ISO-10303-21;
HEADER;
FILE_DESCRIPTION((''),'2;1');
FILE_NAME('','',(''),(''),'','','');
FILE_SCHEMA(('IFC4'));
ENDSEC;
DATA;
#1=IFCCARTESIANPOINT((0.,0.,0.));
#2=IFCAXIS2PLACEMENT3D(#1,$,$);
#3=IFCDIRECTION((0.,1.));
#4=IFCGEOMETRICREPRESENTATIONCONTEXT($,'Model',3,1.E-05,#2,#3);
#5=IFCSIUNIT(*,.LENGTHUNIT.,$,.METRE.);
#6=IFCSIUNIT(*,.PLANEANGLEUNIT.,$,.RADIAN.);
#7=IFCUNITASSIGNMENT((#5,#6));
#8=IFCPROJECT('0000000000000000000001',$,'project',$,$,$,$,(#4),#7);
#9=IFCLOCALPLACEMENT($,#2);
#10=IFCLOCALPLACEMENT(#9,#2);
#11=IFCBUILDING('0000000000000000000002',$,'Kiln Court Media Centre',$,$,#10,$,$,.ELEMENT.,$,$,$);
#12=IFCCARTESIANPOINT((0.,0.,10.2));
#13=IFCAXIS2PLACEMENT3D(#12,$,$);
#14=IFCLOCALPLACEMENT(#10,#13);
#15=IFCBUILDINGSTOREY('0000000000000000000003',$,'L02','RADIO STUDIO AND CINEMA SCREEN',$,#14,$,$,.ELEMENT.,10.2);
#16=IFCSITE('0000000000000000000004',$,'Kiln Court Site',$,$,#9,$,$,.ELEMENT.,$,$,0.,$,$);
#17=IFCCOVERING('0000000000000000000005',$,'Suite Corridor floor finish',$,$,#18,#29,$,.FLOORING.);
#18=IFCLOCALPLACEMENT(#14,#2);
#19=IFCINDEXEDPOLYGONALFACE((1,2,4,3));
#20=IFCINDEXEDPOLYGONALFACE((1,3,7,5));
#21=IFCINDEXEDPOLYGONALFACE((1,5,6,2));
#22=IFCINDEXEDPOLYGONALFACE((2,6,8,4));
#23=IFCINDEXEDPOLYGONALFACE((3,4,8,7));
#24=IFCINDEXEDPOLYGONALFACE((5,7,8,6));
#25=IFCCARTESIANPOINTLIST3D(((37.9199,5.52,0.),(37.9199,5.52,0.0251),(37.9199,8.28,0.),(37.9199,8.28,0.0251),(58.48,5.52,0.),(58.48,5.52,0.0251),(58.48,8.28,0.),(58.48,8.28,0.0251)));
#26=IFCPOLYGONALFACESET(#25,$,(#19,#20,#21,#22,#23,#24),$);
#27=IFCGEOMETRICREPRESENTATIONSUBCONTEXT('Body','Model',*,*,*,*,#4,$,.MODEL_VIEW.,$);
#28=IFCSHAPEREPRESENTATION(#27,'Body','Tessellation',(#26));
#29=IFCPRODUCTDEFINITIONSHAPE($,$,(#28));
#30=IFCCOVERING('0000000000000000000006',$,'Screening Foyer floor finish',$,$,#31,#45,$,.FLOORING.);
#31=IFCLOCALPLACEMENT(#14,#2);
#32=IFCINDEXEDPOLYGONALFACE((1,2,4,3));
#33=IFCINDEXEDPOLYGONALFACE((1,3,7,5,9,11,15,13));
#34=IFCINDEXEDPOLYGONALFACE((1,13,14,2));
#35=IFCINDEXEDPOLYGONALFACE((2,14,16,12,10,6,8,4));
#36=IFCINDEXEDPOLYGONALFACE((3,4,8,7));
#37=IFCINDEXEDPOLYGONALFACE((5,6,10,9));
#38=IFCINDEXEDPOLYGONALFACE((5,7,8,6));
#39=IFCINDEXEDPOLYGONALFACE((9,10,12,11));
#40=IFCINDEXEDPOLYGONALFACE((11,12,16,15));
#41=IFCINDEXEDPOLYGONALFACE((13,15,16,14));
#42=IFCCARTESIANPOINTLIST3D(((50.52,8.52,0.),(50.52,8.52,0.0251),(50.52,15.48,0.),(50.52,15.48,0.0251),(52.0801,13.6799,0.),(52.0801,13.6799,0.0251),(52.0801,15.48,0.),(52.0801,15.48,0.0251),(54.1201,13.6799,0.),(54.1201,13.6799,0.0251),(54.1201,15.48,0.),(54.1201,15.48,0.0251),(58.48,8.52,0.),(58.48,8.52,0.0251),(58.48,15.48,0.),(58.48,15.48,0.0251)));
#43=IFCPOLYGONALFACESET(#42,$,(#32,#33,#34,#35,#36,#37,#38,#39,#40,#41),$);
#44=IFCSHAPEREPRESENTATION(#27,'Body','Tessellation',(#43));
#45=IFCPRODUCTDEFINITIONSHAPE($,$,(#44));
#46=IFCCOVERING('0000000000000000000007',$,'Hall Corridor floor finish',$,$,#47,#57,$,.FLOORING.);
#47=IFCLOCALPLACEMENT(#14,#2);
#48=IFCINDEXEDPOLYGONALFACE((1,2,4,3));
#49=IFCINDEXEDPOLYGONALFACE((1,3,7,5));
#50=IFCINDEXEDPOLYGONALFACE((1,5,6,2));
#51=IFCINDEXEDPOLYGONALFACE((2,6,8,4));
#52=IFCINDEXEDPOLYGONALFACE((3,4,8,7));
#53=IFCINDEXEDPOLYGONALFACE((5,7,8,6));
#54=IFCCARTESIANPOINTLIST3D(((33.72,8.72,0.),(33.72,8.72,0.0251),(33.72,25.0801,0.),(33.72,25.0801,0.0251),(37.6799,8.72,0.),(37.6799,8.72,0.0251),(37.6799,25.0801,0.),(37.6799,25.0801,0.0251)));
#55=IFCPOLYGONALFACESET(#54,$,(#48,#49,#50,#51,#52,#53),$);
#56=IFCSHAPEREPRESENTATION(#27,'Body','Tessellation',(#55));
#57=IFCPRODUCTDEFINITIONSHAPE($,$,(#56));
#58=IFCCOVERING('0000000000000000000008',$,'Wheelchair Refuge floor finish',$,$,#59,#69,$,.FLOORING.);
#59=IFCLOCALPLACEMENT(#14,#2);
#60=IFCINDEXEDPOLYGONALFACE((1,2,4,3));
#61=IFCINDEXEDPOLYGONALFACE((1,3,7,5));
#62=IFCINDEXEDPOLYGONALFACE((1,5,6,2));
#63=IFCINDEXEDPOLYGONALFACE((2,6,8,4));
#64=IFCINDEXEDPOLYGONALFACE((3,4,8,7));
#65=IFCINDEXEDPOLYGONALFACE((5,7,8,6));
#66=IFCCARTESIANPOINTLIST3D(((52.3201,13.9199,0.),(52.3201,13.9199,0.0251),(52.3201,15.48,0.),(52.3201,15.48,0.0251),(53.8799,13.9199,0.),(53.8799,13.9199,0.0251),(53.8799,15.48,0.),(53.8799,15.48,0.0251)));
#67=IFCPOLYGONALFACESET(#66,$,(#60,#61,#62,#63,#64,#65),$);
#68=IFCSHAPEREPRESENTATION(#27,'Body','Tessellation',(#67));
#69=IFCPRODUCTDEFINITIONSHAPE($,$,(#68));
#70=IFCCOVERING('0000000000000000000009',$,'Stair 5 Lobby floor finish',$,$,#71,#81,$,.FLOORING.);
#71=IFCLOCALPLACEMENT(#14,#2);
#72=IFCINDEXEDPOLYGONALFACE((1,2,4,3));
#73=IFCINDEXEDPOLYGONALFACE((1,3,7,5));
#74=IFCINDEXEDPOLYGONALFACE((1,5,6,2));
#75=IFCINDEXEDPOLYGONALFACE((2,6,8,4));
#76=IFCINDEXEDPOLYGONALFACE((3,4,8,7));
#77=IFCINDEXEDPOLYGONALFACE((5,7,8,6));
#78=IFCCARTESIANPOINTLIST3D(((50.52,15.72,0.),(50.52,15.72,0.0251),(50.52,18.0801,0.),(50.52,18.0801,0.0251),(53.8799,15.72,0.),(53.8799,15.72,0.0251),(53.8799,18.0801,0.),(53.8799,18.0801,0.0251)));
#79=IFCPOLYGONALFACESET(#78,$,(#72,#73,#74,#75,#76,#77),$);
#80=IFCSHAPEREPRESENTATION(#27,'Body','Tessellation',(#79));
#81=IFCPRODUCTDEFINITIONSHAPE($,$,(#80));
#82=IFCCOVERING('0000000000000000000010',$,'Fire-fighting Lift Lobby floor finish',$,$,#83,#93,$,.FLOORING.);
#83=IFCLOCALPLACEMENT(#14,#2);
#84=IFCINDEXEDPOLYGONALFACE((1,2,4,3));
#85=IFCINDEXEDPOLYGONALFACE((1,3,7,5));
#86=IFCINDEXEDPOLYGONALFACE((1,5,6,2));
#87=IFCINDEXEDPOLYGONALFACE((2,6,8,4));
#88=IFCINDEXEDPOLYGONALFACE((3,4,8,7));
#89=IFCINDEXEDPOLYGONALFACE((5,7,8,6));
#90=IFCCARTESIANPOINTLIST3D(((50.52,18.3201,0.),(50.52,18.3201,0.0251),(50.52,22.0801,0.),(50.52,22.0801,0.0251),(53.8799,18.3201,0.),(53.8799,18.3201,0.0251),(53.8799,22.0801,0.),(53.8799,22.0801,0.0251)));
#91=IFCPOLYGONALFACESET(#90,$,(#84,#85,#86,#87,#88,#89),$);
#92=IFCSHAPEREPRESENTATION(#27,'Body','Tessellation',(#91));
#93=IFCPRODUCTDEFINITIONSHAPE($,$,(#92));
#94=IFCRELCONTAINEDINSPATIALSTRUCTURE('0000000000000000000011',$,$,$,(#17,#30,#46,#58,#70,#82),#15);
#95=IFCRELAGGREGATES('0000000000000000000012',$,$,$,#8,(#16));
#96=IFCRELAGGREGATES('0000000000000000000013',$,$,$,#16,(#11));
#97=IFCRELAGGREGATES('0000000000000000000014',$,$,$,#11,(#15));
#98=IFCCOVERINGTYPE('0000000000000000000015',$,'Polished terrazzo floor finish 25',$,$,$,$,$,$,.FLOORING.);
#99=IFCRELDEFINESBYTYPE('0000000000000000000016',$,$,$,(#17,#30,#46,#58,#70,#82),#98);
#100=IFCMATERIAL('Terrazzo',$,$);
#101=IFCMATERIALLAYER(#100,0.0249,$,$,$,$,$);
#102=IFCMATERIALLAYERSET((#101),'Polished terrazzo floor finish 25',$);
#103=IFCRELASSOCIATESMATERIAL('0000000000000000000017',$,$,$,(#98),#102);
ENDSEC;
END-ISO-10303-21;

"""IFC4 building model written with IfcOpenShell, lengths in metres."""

from ifc_helpers import new_model, si_unit, direction, frame, origin, place, context, subcontext, project, spatial, polyline, outline, extrude, material, layer, layer_set, type_object, element, save


model = new_model("IFC4")

# Units and contexts
model_context = context("Model", 3, precision=1e-05, world=origin(), true_north=direction((0.0, 1.0)))
body_context = subcontext(model_context, "Body", "Model", "MODEL_VIEW")
ifc_project = project(units=[si_unit("LENGTHUNIT", "METRE"), si_unit("PLANEANGLEUNIT", "RADIAN")], contexts=[model_context])

# Site, building, storey
site_placement = place(None, origin())
site = spatial("IfcSite", under=ifc_project, at=site_placement, Name="Kiln Court Site", CompositionType="ELEMENT", RefElevation=0.0)
building_placement = place(site_placement, origin())
building = spatial("IfcBuilding", under=site, at=building_placement, Name="Kiln Court Media Centre", CompositionType="ELEMENT")
storey_placement = place(building_placement, frame((0.0, 0.0, 10.2)))
storey = spatial("IfcBuildingStorey", under=building, at=storey_placement, Name="L02", Description="RADIO STUDIO AND CINEMA SCREEN", CompositionType="ELEMENT", Elevation=10.2)

# Coverings
ifc_material_1 = material(Name="Terrazzo")
ifc_layer_1 = layer(ifc_material_1, 0.0249)
ifc_layer_set_1 = layer_set([ifc_layer_1], Name="Polished terrazzo floor finish 25")
covering_type_1 = type_object("IfcCoveringType", Name="Polished terrazzo floor finish 25", PredefinedType="FLOORING", material=ifc_layer_set_1)
covering_1_placement = place(storey_placement, origin())
element("IfcCovering", 1, at=covering_1_placement, inside=storey, type_object=covering_type_1, Name="Suite Corridor floor finish", PredefinedType="FLOORING", context=body_context, shape_type="SweptSolid", body=[
    extrude(outline(polyline([(37.9199, 5.52), (58.48, 5.52), (58.48, 8.28), (37.9199, 8.28), (37.9199, 5.52)])), origin(), (0.0, 0.0, 1.0), 0.0251),
])
covering_2_placement = place(storey_placement, origin())
element("IfcCovering", 2, at=covering_2_placement, inside=storey, type_object=covering_type_1, Name="Screening Foyer floor finish", PredefinedType="FLOORING", context=body_context, shape_type="SweptSolid", body=[
    extrude(outline(polyline([(50.52, 8.52), (58.48, 8.52), (58.48, 15.48), (54.1201, 15.48), (54.1201, 13.6799), (52.0801, 13.6799), (52.0801, 15.48), (50.52, 15.48), (50.52, 8.52)])), origin(), (0.0, 0.0, 1.0), 0.0251),
])
covering_3_placement = place(storey_placement, origin())
element("IfcCovering", 3, at=covering_3_placement, inside=storey, type_object=covering_type_1, Name="Hall Corridor floor finish", PredefinedType="FLOORING", context=body_context, shape_type="SweptSolid", body=[
    extrude(outline(polyline([(33.72, 25.0801), (33.72, 8.72), (37.6799, 8.72), (37.6799, 25.0801), (33.72, 25.0801)])), origin(), (0.0, 0.0, 1.0), 0.0251),
])
covering_4_placement = place(storey_placement, origin())
element("IfcCovering", 4, at=covering_4_placement, inside=storey, type_object=covering_type_1, Name="Wheelchair Refuge floor finish", PredefinedType="FLOORING", context=body_context, shape_type="SweptSolid", body=[
    extrude(outline(polyline([(52.3201, 13.9199), (53.8799, 13.9199), (53.8799, 15.48), (52.3201, 15.48), (52.3201, 13.9199)])), origin(), (0.0, 0.0, 1.0), 0.0251),
])
covering_5_placement = place(storey_placement, origin())
element("IfcCovering", 5, at=covering_5_placement, inside=storey, type_object=covering_type_1, Name="Stair 5 Lobby floor finish", PredefinedType="FLOORING", context=body_context, shape_type="SweptSolid", body=[
    extrude(outline(polyline([(50.52, 15.72), (53.8799, 15.72), (53.8799, 18.0801), (50.52, 18.0801), (50.52, 15.72)])), origin(), (0.0, 0.0, 1.0), 0.0251),
])
covering_6_placement = place(storey_placement, origin())
element("IfcCovering", 6, at=covering_6_placement, inside=storey, type_object=covering_type_1, Name="Fire-fighting Lift Lobby floor finish", PredefinedType="FLOORING", context=body_context, shape_type="SweptSolid", body=[
    extrude(outline(polyline([(50.52, 18.3201), (53.8799, 18.3201), (53.8799, 22.0801), (50.52, 22.0801), (50.52, 18.3201)])), origin(), (0.0, 0.0, 1.0), 0.0251),
])

save(model, "model.ifc")
